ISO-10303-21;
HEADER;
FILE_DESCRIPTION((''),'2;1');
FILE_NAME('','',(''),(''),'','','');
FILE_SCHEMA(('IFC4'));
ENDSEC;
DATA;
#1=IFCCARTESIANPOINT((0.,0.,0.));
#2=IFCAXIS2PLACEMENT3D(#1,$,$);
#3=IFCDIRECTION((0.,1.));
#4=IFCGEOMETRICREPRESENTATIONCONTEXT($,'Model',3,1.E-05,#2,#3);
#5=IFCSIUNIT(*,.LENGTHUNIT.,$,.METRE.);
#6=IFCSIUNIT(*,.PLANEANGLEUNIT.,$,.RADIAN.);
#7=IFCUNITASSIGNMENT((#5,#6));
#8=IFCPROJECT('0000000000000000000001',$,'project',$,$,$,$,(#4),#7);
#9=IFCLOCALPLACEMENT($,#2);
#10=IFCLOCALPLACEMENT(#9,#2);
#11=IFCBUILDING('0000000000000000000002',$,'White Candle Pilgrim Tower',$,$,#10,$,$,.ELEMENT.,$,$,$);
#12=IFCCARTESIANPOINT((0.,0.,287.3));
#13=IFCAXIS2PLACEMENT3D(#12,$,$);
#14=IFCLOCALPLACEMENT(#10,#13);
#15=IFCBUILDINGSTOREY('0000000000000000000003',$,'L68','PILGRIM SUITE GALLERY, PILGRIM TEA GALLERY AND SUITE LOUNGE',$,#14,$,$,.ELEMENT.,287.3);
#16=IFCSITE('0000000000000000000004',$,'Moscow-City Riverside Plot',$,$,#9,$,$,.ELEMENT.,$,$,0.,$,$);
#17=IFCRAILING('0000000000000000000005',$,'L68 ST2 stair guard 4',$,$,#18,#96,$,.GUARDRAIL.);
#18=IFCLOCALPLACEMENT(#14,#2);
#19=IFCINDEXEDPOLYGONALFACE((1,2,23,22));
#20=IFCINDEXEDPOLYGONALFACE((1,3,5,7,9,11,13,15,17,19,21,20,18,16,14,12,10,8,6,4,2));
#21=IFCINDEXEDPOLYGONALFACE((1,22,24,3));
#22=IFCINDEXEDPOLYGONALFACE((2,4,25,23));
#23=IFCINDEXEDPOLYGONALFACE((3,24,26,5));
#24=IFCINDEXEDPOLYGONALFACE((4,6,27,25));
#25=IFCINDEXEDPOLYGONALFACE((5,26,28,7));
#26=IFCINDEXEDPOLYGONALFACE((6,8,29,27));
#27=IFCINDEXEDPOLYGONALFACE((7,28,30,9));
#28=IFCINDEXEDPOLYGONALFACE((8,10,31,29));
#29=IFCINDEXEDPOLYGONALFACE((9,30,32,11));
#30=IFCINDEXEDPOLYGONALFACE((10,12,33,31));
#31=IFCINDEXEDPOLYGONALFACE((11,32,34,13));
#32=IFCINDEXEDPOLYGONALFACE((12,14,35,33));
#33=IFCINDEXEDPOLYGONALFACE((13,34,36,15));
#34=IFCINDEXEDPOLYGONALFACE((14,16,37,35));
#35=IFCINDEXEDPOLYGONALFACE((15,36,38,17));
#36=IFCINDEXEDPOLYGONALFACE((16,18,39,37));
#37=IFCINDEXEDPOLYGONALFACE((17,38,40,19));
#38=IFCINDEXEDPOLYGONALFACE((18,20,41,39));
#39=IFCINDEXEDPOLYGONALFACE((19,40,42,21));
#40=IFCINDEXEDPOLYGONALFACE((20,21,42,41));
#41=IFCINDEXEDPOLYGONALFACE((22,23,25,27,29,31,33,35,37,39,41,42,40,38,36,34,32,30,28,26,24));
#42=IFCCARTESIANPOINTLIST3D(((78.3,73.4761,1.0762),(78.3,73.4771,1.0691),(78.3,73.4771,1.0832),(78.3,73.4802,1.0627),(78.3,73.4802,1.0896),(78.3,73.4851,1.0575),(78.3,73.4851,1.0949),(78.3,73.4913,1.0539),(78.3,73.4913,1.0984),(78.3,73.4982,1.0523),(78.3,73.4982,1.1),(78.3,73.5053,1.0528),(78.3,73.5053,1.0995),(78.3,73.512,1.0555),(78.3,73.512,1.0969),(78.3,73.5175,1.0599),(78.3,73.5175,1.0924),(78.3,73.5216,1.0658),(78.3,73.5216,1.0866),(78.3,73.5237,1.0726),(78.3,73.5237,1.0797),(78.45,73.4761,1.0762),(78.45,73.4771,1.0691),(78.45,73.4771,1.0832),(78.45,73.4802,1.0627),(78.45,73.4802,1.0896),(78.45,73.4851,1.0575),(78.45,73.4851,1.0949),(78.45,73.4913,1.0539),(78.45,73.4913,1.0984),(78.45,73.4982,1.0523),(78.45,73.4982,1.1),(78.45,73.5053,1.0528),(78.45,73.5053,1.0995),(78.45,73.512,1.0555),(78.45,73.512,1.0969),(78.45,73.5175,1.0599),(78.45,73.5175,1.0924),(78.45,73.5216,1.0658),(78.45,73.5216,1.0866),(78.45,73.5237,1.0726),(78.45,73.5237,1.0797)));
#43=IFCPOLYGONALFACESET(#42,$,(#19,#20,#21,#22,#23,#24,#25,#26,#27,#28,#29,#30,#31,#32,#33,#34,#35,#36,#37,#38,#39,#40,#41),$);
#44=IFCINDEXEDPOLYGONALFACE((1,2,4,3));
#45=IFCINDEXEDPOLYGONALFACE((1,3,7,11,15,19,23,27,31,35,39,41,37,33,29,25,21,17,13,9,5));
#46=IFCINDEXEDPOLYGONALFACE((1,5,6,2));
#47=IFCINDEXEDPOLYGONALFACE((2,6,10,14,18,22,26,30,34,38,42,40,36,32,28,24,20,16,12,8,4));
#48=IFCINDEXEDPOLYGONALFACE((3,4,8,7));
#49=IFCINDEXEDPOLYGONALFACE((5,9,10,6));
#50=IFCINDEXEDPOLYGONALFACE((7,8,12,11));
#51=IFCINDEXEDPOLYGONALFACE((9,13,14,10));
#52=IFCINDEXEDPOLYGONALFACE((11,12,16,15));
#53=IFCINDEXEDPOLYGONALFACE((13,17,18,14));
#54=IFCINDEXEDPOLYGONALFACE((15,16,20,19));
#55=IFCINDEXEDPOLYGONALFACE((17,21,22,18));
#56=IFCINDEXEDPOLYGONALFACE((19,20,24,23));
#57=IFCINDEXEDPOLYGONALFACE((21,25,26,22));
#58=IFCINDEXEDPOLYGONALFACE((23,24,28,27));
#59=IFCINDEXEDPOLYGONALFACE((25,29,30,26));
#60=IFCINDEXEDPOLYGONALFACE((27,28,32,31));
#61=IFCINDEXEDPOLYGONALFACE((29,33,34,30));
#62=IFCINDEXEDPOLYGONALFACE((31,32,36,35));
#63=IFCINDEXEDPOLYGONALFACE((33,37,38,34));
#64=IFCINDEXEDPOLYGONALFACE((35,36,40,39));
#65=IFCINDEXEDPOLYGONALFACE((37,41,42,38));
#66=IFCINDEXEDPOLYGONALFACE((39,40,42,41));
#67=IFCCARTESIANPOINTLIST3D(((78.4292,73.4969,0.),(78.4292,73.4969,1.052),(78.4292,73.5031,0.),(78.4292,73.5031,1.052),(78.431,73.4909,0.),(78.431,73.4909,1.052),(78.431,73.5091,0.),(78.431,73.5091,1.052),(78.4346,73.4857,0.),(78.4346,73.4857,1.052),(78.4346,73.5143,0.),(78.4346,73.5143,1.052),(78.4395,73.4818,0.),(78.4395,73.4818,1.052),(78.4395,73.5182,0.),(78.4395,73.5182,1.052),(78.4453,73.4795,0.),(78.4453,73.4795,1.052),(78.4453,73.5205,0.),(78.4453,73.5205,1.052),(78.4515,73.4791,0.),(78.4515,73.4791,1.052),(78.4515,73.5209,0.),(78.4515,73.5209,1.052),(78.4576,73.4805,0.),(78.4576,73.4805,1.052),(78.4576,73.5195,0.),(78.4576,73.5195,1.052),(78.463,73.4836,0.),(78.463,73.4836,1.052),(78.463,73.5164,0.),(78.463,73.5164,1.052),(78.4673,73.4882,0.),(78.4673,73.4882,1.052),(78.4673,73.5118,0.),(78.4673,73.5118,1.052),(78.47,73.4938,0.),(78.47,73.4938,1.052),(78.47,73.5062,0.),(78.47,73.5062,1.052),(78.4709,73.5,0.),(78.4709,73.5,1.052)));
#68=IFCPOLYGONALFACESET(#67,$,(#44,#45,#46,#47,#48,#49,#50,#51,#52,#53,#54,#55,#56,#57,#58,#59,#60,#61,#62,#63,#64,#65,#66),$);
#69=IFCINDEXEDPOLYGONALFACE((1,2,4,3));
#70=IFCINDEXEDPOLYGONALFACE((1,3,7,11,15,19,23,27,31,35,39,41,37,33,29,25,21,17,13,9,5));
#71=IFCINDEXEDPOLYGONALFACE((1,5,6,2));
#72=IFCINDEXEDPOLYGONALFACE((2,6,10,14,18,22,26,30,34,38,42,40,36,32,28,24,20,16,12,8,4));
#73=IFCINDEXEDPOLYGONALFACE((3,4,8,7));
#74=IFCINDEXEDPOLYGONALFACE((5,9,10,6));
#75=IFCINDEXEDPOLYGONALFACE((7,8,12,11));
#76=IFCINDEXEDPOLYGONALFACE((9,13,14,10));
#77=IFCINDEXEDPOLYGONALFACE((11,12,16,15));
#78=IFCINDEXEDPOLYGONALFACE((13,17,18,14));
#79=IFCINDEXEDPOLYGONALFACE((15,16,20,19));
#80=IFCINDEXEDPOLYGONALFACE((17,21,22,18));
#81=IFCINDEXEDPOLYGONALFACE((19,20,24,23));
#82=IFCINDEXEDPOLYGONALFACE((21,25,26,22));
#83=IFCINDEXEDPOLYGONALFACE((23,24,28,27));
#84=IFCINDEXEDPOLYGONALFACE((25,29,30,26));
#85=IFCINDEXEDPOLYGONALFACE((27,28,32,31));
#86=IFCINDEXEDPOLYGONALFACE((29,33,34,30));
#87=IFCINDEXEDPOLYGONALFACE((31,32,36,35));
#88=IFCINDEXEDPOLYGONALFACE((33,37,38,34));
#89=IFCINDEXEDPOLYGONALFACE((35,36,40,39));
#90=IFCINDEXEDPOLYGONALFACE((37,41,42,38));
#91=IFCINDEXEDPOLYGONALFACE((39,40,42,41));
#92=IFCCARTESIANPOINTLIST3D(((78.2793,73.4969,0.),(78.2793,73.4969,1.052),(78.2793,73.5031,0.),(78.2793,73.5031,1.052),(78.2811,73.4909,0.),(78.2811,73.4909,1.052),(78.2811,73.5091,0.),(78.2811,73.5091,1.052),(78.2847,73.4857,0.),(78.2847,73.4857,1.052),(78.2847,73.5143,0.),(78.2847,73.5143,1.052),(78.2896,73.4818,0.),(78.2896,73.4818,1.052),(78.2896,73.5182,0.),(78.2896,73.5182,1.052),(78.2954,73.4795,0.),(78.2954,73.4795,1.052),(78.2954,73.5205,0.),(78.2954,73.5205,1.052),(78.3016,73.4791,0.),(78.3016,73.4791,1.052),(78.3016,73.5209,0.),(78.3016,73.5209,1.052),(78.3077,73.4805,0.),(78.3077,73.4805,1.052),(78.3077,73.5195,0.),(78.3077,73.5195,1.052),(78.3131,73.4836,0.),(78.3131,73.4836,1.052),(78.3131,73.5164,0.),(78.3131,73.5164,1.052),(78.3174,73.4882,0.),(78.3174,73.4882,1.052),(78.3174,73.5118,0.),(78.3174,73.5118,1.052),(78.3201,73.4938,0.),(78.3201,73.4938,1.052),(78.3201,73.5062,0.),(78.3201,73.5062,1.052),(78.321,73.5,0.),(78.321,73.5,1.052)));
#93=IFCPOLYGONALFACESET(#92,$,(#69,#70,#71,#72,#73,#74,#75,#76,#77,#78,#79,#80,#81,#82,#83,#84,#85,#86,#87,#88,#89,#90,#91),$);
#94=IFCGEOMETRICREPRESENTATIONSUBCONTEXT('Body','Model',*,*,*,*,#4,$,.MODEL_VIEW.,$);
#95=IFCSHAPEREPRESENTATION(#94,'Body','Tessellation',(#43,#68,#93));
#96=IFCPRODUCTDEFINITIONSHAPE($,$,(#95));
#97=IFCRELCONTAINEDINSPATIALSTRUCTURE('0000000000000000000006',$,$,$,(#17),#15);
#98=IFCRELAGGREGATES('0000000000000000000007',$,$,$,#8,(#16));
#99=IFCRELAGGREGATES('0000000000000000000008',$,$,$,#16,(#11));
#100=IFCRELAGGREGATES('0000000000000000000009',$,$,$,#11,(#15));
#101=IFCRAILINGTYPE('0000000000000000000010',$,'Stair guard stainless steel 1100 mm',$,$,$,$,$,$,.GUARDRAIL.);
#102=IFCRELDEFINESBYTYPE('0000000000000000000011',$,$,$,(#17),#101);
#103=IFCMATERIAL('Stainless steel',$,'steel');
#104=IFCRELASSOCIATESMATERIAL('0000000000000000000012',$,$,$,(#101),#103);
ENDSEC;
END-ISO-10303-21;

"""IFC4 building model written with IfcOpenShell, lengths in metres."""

from ifc_helpers import new_model, si_unit, direction, frame, origin, origin_2d, place, context, subcontext, project, spatial, circle, extrude, material, type_object, element, save


model = new_model("IFC4")

# Units and contexts
model_context = context("Model", 3, precision=1e-05, world=origin(), true_north=direction((0.0, 1.0)))
body_context = subcontext(model_context, "Body", "Model", "MODEL_VIEW")
ifc_project = project(units=[si_unit("LENGTHUNIT", "METRE"), si_unit("PLANEANGLEUNIT", "RADIAN")], contexts=[model_context])

# Site, building, storey
site_placement = place(None, origin())
site = spatial("IfcSite", under=ifc_project, at=site_placement, Name="Moscow-City Riverside Plot", CompositionType="ELEMENT", RefElevation=0.0)
building_placement = place(site_placement, origin())
building = spatial("IfcBuilding", under=site, at=building_placement, Name="White Candle Pilgrim Tower", CompositionType="ELEMENT")
storey_placement = place(building_placement, frame((0.0, 0.0, 287.3)))
storey = spatial("IfcBuildingStorey", under=building, at=storey_placement, Name="L68", Description="PILGRIM SUITE GALLERY, PILGRIM TEA GALLERY AND SUITE LOUNGE", CompositionType="ELEMENT", Elevation=287.3)

# Railing
ifc_material_1 = material(Name="Stainless steel", Category="steel")
railing_type_1 = type_object("IfcRailingType", Name="Stair guard stainless steel 1100 mm", PredefinedType="GUARDRAIL", material=ifc_material_1)
railing_1_placement = place(storey_placement, frame((78.45, 73.5, 0.0)))
element("IfcRailing", 1, at=railing_1_placement, inside=storey, type_object=railing_type_1, Name="L68 ST2 stair guard 4", PredefinedType="GUARDRAIL", context=body_context, shape_type="SweptSolid", body=[
    extrude(circle(Radius=0.0239, at=origin_2d()), frame((0.0, 0.0, 1.0762), z_axis=(-1.0, 0.0, 0.0), x_axis=(0.0, -1.0, 0.0)), (0.0, 0.0, 1.0), 0.1499),
    extrude(circle(Radius=0.021, at=origin_2d()), origin(), (0.0, 0.0, 1.0), 1.052),
    extrude(circle(Radius=0.021, at=origin_2d()), frame((-0.1499, 0.0, 0.0)), (0.0, 0.0, 1.0), 1.052),
])

save(model, "model.ifc")
